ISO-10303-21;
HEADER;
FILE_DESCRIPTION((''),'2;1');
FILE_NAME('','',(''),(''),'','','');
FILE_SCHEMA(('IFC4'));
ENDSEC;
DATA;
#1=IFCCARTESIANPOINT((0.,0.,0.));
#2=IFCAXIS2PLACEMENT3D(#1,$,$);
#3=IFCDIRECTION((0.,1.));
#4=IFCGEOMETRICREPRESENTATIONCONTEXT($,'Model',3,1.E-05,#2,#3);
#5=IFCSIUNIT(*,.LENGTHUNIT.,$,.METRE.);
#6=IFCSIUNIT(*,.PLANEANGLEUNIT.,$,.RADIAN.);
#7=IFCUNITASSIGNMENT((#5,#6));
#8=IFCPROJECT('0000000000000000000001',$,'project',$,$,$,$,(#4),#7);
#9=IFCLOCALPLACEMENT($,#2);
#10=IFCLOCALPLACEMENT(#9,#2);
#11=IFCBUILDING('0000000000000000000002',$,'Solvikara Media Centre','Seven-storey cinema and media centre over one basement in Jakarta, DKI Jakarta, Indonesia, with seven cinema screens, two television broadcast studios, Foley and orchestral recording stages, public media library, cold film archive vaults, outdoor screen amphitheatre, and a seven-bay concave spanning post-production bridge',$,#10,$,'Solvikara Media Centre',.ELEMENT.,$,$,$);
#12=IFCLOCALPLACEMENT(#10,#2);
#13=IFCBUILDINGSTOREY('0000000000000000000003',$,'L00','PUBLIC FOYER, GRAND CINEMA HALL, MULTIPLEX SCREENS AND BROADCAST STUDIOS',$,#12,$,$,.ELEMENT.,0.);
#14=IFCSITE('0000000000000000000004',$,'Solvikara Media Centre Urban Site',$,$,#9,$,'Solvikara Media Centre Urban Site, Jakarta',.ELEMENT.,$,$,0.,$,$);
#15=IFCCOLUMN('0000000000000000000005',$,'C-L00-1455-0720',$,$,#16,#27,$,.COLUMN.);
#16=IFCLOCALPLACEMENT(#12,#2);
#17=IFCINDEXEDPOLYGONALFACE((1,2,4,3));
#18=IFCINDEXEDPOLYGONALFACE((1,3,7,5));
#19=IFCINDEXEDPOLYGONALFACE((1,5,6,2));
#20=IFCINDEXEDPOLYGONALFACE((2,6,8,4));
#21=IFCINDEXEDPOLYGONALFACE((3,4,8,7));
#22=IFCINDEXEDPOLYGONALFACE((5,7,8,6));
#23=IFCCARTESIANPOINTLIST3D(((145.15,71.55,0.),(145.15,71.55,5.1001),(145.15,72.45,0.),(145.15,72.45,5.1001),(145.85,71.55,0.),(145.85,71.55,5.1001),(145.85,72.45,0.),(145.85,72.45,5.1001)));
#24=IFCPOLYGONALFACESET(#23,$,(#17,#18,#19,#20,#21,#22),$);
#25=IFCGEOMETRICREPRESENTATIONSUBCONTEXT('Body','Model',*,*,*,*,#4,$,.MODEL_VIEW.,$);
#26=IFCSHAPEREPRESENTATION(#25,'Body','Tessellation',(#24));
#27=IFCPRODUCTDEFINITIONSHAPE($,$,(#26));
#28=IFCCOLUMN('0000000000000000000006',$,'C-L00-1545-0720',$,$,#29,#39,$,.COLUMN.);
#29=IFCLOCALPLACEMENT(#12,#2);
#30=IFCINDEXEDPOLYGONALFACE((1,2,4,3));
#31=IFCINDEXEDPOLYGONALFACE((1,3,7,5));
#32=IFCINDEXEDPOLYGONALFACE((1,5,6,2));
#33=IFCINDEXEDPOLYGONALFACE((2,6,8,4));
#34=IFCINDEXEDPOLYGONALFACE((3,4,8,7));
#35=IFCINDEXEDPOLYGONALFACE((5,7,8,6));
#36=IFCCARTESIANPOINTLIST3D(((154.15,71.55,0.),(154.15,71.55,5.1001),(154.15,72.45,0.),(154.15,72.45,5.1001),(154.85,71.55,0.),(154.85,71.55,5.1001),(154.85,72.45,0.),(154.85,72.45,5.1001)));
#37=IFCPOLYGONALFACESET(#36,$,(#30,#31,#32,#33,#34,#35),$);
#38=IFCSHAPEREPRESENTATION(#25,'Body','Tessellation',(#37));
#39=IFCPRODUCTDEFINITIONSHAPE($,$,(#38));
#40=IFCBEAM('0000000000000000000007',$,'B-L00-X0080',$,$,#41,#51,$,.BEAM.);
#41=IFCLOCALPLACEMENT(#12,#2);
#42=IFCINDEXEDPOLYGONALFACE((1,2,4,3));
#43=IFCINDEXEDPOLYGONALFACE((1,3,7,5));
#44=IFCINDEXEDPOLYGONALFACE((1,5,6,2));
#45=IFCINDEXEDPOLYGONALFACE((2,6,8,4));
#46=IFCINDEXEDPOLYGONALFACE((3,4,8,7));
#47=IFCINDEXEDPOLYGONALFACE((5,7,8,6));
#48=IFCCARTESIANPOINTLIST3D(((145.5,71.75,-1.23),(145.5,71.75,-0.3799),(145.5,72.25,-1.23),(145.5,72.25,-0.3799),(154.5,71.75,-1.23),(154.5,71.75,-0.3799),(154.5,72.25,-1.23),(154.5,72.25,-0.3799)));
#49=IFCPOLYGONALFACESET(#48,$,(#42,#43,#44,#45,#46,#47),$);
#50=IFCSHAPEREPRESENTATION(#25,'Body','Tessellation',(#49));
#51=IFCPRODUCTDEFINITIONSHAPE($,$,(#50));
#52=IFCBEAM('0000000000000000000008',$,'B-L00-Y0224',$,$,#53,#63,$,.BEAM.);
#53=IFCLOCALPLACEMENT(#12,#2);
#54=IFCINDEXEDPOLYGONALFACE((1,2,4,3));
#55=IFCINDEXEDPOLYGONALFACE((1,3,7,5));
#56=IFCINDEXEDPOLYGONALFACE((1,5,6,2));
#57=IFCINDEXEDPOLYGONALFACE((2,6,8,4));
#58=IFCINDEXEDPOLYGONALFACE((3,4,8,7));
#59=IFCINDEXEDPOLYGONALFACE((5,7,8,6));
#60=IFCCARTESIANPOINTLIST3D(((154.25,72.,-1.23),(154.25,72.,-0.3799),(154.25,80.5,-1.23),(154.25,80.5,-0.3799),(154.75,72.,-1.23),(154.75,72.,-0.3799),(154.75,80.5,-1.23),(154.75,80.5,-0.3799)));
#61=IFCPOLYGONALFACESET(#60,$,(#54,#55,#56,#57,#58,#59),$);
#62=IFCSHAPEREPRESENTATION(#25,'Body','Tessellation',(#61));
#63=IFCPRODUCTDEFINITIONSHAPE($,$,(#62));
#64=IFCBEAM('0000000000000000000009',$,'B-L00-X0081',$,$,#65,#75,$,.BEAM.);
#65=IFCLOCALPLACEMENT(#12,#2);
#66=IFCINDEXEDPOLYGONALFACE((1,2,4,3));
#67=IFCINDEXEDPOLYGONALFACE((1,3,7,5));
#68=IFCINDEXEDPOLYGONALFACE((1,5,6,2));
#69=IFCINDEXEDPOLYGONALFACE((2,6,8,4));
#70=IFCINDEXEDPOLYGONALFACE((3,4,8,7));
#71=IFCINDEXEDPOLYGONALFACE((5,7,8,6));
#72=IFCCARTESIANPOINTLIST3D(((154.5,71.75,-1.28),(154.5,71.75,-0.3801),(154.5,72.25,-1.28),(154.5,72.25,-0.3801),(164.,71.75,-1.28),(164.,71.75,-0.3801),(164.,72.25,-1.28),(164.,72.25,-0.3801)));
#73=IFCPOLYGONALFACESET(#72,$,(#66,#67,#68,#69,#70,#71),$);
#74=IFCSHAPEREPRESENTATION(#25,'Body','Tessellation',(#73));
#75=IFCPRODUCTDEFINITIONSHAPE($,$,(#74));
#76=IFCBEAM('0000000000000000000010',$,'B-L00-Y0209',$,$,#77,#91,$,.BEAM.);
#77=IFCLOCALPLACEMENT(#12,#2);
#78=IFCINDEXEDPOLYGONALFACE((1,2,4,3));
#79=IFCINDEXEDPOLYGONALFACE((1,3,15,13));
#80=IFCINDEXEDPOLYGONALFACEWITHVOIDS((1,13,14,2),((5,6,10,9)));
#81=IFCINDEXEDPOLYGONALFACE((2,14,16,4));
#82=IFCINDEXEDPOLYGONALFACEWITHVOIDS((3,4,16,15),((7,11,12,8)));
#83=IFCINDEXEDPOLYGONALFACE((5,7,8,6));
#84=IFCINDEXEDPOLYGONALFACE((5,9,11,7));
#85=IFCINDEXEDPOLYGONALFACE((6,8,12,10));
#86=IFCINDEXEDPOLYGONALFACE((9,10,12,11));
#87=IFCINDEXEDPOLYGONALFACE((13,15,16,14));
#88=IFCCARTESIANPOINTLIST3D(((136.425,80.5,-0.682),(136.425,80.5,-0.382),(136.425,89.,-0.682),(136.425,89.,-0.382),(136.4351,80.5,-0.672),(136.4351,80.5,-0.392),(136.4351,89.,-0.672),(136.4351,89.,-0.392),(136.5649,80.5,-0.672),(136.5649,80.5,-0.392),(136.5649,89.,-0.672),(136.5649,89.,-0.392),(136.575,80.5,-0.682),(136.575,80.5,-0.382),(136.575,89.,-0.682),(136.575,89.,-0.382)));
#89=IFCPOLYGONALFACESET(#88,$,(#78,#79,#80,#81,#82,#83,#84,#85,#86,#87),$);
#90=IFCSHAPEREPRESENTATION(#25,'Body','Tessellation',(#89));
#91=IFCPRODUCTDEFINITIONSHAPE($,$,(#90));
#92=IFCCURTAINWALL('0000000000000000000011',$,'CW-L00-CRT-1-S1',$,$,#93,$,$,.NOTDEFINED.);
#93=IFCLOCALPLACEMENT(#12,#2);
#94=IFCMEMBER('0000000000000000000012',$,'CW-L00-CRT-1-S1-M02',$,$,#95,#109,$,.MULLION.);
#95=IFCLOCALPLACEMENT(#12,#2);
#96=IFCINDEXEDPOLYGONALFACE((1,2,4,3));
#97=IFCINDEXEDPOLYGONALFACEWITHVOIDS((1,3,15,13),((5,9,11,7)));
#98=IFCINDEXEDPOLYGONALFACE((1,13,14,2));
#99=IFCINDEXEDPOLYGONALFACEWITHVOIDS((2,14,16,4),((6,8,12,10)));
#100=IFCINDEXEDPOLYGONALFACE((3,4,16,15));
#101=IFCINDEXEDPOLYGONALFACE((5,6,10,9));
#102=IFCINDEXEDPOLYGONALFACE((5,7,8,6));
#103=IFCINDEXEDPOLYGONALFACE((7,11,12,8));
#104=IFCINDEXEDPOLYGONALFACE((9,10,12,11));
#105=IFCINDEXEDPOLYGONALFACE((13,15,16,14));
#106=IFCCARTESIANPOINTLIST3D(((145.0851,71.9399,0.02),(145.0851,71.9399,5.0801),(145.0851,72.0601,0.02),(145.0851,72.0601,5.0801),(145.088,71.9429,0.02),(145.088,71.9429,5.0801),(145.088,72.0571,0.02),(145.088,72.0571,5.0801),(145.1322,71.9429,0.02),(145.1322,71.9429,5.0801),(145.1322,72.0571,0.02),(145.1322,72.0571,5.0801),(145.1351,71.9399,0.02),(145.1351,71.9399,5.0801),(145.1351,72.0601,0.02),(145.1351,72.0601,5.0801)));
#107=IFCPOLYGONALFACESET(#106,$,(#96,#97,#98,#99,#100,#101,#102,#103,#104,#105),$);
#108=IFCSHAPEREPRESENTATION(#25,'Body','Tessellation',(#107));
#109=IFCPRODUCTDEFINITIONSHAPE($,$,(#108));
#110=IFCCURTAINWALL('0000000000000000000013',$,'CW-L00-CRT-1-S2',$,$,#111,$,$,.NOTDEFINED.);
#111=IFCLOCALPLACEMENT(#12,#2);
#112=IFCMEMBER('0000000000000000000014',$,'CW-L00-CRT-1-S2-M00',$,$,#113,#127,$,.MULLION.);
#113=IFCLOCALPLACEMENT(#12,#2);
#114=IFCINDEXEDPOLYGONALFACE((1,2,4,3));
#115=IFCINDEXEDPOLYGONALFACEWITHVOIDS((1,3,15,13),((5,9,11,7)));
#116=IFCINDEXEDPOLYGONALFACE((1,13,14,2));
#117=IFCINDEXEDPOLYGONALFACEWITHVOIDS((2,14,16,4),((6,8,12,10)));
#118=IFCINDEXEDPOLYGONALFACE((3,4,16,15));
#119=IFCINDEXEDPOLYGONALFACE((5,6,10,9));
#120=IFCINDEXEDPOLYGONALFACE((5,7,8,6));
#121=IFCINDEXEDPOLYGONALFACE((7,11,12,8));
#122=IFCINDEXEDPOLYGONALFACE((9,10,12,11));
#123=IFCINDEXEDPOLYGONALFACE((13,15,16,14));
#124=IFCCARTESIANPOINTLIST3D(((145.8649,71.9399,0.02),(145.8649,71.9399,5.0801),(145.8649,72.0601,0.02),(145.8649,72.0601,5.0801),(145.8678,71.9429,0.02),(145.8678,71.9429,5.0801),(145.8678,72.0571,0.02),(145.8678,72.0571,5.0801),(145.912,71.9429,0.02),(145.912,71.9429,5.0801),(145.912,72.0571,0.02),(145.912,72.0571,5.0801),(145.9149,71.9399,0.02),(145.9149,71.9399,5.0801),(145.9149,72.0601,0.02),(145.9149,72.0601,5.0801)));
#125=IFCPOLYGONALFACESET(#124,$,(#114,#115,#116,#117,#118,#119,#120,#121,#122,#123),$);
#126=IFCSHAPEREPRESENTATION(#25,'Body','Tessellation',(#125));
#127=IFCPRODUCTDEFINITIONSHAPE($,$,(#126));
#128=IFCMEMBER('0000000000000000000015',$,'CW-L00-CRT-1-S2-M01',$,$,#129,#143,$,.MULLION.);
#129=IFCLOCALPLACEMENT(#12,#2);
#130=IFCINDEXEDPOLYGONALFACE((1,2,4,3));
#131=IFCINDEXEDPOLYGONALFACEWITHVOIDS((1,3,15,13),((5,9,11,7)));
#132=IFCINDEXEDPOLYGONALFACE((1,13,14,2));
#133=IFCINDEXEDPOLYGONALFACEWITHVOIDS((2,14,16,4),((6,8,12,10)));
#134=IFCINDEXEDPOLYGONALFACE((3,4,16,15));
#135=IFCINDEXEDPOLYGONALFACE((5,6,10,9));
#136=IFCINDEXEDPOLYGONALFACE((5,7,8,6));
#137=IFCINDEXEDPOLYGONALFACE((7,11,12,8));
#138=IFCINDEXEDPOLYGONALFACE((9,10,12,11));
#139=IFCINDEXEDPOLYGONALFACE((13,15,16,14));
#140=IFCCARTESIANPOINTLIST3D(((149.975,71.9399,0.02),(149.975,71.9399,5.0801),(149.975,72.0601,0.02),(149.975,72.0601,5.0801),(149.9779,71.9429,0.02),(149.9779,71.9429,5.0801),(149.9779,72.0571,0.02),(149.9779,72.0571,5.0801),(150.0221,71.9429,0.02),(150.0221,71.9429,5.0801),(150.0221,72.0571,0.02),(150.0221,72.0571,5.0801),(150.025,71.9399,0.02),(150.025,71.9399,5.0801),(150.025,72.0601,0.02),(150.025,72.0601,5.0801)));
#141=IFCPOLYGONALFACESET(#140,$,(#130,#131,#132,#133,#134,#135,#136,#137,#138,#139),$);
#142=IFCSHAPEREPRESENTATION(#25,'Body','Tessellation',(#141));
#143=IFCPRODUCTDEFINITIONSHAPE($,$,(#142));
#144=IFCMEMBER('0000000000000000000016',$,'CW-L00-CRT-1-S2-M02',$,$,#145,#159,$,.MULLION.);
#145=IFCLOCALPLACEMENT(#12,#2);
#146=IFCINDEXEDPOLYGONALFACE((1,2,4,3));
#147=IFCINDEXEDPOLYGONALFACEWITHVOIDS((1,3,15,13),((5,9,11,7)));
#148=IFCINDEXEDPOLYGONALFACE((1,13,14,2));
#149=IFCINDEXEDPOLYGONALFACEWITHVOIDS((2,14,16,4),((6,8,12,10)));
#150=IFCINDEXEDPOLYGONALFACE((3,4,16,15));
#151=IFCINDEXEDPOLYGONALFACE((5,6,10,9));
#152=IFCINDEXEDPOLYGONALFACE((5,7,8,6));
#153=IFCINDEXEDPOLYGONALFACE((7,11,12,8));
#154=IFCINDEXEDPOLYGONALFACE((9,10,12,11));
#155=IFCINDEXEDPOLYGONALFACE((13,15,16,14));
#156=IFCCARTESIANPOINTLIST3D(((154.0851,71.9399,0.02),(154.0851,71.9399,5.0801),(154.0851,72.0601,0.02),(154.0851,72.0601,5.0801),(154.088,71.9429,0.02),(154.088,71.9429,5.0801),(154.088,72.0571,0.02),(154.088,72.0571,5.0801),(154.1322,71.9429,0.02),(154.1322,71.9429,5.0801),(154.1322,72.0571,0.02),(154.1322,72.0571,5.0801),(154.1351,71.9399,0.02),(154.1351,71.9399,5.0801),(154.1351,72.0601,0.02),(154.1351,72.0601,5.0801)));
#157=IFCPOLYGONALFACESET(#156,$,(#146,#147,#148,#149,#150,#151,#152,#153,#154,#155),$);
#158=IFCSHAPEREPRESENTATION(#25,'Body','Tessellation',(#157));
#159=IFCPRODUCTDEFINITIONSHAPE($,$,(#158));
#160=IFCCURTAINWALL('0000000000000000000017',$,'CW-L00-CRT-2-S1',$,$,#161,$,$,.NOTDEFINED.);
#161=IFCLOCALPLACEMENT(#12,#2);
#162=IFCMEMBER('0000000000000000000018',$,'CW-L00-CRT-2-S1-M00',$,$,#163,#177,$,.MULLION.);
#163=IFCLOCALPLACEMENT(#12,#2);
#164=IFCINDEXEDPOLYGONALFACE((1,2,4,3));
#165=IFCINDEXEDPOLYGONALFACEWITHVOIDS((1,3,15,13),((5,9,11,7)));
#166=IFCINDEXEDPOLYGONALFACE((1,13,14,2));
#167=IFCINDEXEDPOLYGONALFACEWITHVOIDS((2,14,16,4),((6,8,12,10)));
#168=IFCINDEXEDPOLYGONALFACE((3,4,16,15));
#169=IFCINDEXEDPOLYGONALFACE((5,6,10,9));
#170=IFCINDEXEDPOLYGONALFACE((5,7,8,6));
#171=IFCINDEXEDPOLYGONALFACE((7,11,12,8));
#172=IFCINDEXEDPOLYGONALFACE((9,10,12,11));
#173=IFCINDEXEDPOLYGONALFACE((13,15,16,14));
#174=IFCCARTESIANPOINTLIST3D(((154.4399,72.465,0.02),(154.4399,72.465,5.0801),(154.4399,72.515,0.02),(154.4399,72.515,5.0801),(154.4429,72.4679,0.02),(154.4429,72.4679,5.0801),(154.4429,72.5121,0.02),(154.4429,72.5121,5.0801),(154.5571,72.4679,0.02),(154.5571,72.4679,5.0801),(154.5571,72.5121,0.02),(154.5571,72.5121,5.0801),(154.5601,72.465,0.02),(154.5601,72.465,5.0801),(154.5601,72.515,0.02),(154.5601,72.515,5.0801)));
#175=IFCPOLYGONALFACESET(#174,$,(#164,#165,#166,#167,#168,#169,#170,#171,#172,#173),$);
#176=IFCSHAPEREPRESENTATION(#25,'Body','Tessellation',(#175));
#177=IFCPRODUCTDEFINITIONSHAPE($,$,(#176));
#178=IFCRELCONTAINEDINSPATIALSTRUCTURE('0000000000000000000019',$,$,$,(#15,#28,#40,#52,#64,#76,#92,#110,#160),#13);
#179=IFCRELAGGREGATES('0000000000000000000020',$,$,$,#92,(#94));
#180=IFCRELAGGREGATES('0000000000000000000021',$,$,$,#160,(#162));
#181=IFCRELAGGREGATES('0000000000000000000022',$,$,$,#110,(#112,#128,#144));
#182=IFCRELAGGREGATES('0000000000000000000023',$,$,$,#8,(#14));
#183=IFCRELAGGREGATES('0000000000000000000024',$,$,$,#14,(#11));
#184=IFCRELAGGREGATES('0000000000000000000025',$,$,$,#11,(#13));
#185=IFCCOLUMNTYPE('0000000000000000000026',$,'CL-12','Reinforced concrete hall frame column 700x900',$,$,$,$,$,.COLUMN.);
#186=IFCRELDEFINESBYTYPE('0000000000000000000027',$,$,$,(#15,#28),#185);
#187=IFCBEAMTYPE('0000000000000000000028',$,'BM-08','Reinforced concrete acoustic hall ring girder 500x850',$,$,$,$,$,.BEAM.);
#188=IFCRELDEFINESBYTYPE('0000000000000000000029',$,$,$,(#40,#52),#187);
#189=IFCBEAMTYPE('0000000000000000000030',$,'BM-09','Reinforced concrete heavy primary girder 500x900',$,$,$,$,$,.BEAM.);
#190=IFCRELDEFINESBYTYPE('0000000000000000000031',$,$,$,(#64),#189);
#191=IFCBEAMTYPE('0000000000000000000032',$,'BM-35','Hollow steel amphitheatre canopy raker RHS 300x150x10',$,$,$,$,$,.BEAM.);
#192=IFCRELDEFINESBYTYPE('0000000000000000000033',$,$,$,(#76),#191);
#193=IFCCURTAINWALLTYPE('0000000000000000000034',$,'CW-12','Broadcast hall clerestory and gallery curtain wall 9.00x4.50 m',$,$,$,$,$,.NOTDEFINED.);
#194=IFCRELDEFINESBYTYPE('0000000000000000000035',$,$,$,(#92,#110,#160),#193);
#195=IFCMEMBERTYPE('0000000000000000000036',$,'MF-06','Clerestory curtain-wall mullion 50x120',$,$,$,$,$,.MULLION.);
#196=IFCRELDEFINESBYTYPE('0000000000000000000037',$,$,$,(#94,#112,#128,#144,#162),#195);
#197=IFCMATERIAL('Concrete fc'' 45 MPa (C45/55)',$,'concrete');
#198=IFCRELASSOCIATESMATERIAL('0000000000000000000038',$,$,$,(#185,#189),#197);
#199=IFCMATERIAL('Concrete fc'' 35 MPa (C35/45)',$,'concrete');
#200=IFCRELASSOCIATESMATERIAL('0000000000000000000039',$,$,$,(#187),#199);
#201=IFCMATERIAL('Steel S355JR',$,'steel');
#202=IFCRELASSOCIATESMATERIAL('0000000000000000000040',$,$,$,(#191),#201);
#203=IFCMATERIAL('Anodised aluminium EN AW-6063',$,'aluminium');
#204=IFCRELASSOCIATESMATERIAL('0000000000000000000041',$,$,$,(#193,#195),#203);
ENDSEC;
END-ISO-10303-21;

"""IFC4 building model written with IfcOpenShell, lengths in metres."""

from ifc_helpers import new_model, si_unit, direction, frame, origin, origin_2d, place, context, subcontext, project, spatial, rectangle, hollow_rectangle, extrude, material, material_profile, profile_set, type_object, element, aggregate, save


model = new_model("IFC4")

# Units and contexts
model_context = context("Model", 3, precision=1e-05, world=origin(), true_north=direction((0.0, 1.0)))
body_context = subcontext(model_context, "Body", "Model", "MODEL_VIEW")
ifc_project = project(units=[si_unit("LENGTHUNIT", "METRE"), si_unit("PLANEANGLEUNIT", "RADIAN")], contexts=[model_context])

# Site, building, storey
site_placement = place(None, origin())
site = spatial("IfcSite", under=ifc_project, at=site_placement, Name="Solvikara Media Centre Urban Site", LongName="Solvikara Media Centre Urban Site, Jakarta", CompositionType="ELEMENT", RefElevation=0.0)
building_placement = place(site_placement, origin())
building = spatial("IfcBuilding", under=site, at=building_placement, Name="Solvikara Media Centre", Description="Seven-storey cinema and media centre over one basement in Jakarta, DKI Jakarta, Indonesia, with seven cinema screens, two television broadcast studios, Foley and orchestral recording stages, public media library, cold film archive vaults, outdoor screen amphitheatre, and a seven-bay concave spanning post-production bridge", LongName="Solvikara Media Centre", CompositionType="ELEMENT")
storey_placement = place(building_placement, origin())
storey = spatial("IfcBuildingStorey", under=building, at=storey_placement, Name="L00", Description="PUBLIC FOYER, GRAND CINEMA HALL, MULTIPLEX SCREENS AND BROADCAST STUDIOS", CompositionType="ELEMENT", Elevation=0.0)

# Columns
ifc_material_1 = material(Name="Concrete fc' 45 MPa (C45/55)", Category="concrete")
ifc_material_profile_1 = material_profile(ifc_material_1, rectangle(XDim=0.7, YDim=0.8999, at=origin_2d()), Name="RC 700x900")
ifc_profile_set_1 = profile_set([ifc_material_profile_1], Name="Concrete fc' 45 MPa (C45/55)")
column_type = type_object("IfcColumnType", Name="CL-12", Description="Reinforced concrete hall frame column 700x900", PredefinedType="COLUMN", material=ifc_profile_set_1)
for number, where, z_axis, x_axis, name in (
    (1, (145.5, 72.0, 0.0), (0.0, 0.0, 1.0), (1.0, 0.0, 0.0), "C-L00-1455-0720"),
    (2, (154.5, 72.0, 0.0), (0.0, 0.0, 1.0), (1.0, 0.0, 0.0), "C-L00-1545-0720"),
):
    element("IfcColumn", number, at=place(storey_placement, frame(where, z_axis=z_axis, x_axis=x_axis)), inside=storey, type_object=column_type, Name=name, PredefinedType="COLUMN", context=body_context, shape_type="SweptSolid", body=[
        extrude(rectangle(XDim=0.7, YDim=0.8999, at=origin_2d()), origin(), (0.0, 0.0, 1.0), 5.1001),
    ])

# Beams
ifc_material_2 = material(Name="Concrete fc' 35 MPa (C35/45)", Category="concrete")
ifc_material_profile_2 = material_profile(ifc_material_2, rectangle(XDim=0.5, YDim=0.8501, at=origin_2d()), Name="RC 500x850")
ifc_profile_set_2 = profile_set([ifc_material_profile_2], Name="Concrete fc' 35 MPa (C35/45)")
beam_type_1 = type_object("IfcBeamType", Name="BM-08", Description="Reinforced concrete acoustic hall ring girder 500x850", PredefinedType="BEAM", material=ifc_profile_set_2)
beam_1_placement = place(storey_placement, frame((145.5, 72.0, -0.8049), z_axis=(1.0, 0.0, 0.0), x_axis=(0.0, 1.0, 0.0)))
element("IfcBeam", 3, at=beam_1_placement, inside=storey, type_object=beam_type_1, Name="B-L00-X0080", PredefinedType="BEAM", context=body_context, shape_type="SweptSolid", body=[
    extrude(rectangle(XDim=0.5, YDim=0.8501, at=origin_2d()), origin(), (0.0, 0.0, 1.0), 9.0),
])
beam_2_placement = place(storey_placement, frame((154.5, 72.0, -0.8049), z_axis=(0.0, 1.0, 0.0), x_axis=(-1.0, 0.0, 0.0)))
element("IfcBeam", 4, at=beam_2_placement, inside=storey, type_object=beam_type_1, Name="B-L00-Y0224", PredefinedType="BEAM", context=body_context, shape_type="SweptSolid", body=[
    extrude(rectangle(XDim=0.5, YDim=0.8501, at=origin_2d()), origin(), (0.0, 0.0, 1.0), 8.5),
])
ifc_material_profile_3 = material_profile(ifc_material_1, rectangle(XDim=0.5, YDim=0.8999, at=origin_2d()), Name="RC 500x900")
ifc_profile_set_3 = profile_set([ifc_material_profile_3], Name="Concrete fc' 45 MPa (C45/55)")
beam_type_2 = type_object("IfcBeamType", Name="BM-09", Description="Reinforced concrete heavy primary girder 500x900", PredefinedType="BEAM", material=ifc_profile_set_3)
beam_3_placement = place(storey_placement, frame((154.5, 72.0, -0.8301), z_axis=(1.0, 0.0, 0.0), x_axis=(0.0, 1.0, 0.0)))
element("IfcBeam", 5, at=beam_3_placement, inside=storey, type_object=beam_type_2, Name="B-L00-X0081", PredefinedType="BEAM", context=body_context, shape_type="SweptSolid", body=[
    extrude(rectangle(XDim=0.5, YDim=0.8999, at=origin_2d()), origin(), (0.0, 0.0, 1.0), 9.5),
])
ifc_material_3 = material(Name="Steel S355JR", Category="steel")
ifc_material_profile_4 = material_profile(ifc_material_3, hollow_rectangle(XDim=0.1499, YDim=0.3, WallThickness=0.01, at=origin_2d()), Name="RHS 300x150x10")
ifc_profile_set_4 = profile_set([ifc_material_profile_4], Name="Steel S355JR")
beam_type_3 = type_object("IfcBeamType", Name="BM-35", Description="Hollow steel amphitheatre canopy raker RHS 300x150x10", PredefinedType="BEAM", material=ifc_profile_set_4)
beam_4_placement = place(storey_placement, frame((136.5, 80.5, -0.532), z_axis=(0.0, 1.0, 0.0), x_axis=(-1.0, 0.0, 0.0)))
element("IfcBeam", 6, at=beam_4_placement, inside=storey, type_object=beam_type_3, Name="B-L00-Y0209", PredefinedType="BEAM", context=body_context, shape_type="SweptSolid", body=[
    extrude(hollow_rectangle(XDim=0.1499, YDim=0.3, WallThickness=0.01, at=origin_2d()), origin(), (0.0, 0.0, 1.0), 8.5),
])

# Curtain wall, member
ifc_material_4 = material(Name="Anodised aluminium EN AW-6063", Category="aluminium")
curtain_wall_type = type_object("IfcCurtainWallType", Name="CW-12", Description="Broadcast hall clerestory and gallery curtain wall 9.00x4.50 m", PredefinedType="NOTDEFINED", material=ifc_material_4)
curtain_wall_1_placement = place(storey_placement, origin())
curtain_wall_1 = element("IfcCurtainWall", 7, at=curtain_wall_1_placement, inside=storey, type_object=curtain_wall_type, Name="CW-L00-CRT-1-S1", PredefinedType="NOTDEFINED")
ifc_material_profile_5 = material_profile(ifc_material_4, hollow_rectangle(XDim=0.05, YDim=0.1201, WallThickness=0.0029, at=origin_2d()), Name="ALU-M 50x120x3")
ifc_profile_set_5 = profile_set([ifc_material_profile_5], Name="Anodised aluminium EN AW-6063")
member_type_1 = type_object("IfcMemberType", Name="MF-06", Description="Clerestory curtain-wall mullion 50x120", PredefinedType="MULLION", material=ifc_profile_set_5)
member_1_placement = place(storey_placement, frame((145.1101, 72.0, 0.02), z_axis=(0.0, 0.0, 1.0), x_axis=(1.0, 0.0, 0.0)))
member_1 = element("IfcMember", 8, at=member_1_placement, type_object=member_type_1, Name="CW-L00-CRT-1-S1-M02", PredefinedType="MULLION", context=body_context, shape_type="SweptSolid", body=[
    extrude(hollow_rectangle(XDim=0.05, YDim=0.1201, WallThickness=0.0029, at=origin_2d()), origin(), (0.0, 0.0, 1.0), 5.0601),
])
aggregate(curtain_wall_1, [member_1])

# Curtain wall, members
curtain_wall_2_placement = place(storey_placement, origin())
curtain_wall_2 = element("IfcCurtainWall", 9, at=curtain_wall_2_placement, inside=storey, type_object=curtain_wall_type, Name="CW-L00-CRT-1-S2", PredefinedType="NOTDEFINED")
member_2_placement = place(storey_placement, frame((145.8899, 72.0, 0.02), z_axis=(0.0, 0.0, 1.0), x_axis=(1.0, 0.0, 0.0)))
member_2 = element("IfcMember", 10, at=member_2_placement, type_object=member_type_1, Name="CW-L00-CRT-1-S2-M00", PredefinedType="MULLION", context=body_context, shape_type="SweptSolid", body=[
    extrude(hollow_rectangle(XDim=0.05, YDim=0.1201, WallThickness=0.0029, at=origin_2d()), origin(), (0.0, 0.0, 1.0), 5.0601),
])
member_3_placement = place(storey_placement, frame((150.0, 72.0, 0.02), z_axis=(0.0, 0.0, 1.0), x_axis=(1.0, 0.0, 0.0)))
member_3 = element("IfcMember", 11, at=member_3_placement, type_object=member_type_1, Name="CW-L00-CRT-1-S2-M01", PredefinedType="MULLION", context=body_context, shape_type="SweptSolid", body=[
    extrude(hollow_rectangle(XDim=0.05, YDim=0.1201, WallThickness=0.0029, at=origin_2d()), origin(), (0.0, 0.0, 1.0), 5.0601),
])
member_4_placement = place(storey_placement, frame((154.1101, 72.0, 0.02), z_axis=(0.0, 0.0, 1.0), x_axis=(1.0, 0.0, 0.0)))
member_4 = element("IfcMember", 12, at=member_4_placement, type_object=member_type_1, Name="CW-L00-CRT-1-S2-M02", PredefinedType="MULLION", context=body_context, shape_type="SweptSolid", body=[
    extrude(hollow_rectangle(XDim=0.05, YDim=0.1201, WallThickness=0.0029, at=origin_2d()), origin(), (0.0, 0.0, 1.0), 5.0601),
])

# Curtain wall, member
curtain_wall_3_placement = place(storey_placement, origin())
curtain_wall_3 = element("IfcCurtainWall", 13, at=curtain_wall_3_placement, inside=storey, type_object=curtain_wall_type, Name="CW-L00-CRT-2-S1", PredefinedType="NOTDEFINED")
member_5_placement = place(storey_placement, frame((154.5, 72.49, 0.02), z_axis=(0.0, 0.0, 1.0), x_axis=(0.0, 1.0, 0.0)))
member_5 = element("IfcMember", 14, at=member_5_placement, type_object=member_type_1, Name="CW-L00-CRT-2-S1-M00", PredefinedType="MULLION", context=body_context, shape_type="SweptSolid", body=[
    extrude(hollow_rectangle(XDim=0.05, YDim=0.1201, WallThickness=0.0029, at=origin_2d()), origin(), (0.0, 0.0, 1.0), 5.0601),
])

aggregate(curtain_wall_3, [member_5])

aggregate(curtain_wall_2, [member_2, member_3, member_4])

save(model, "model.ifc")
